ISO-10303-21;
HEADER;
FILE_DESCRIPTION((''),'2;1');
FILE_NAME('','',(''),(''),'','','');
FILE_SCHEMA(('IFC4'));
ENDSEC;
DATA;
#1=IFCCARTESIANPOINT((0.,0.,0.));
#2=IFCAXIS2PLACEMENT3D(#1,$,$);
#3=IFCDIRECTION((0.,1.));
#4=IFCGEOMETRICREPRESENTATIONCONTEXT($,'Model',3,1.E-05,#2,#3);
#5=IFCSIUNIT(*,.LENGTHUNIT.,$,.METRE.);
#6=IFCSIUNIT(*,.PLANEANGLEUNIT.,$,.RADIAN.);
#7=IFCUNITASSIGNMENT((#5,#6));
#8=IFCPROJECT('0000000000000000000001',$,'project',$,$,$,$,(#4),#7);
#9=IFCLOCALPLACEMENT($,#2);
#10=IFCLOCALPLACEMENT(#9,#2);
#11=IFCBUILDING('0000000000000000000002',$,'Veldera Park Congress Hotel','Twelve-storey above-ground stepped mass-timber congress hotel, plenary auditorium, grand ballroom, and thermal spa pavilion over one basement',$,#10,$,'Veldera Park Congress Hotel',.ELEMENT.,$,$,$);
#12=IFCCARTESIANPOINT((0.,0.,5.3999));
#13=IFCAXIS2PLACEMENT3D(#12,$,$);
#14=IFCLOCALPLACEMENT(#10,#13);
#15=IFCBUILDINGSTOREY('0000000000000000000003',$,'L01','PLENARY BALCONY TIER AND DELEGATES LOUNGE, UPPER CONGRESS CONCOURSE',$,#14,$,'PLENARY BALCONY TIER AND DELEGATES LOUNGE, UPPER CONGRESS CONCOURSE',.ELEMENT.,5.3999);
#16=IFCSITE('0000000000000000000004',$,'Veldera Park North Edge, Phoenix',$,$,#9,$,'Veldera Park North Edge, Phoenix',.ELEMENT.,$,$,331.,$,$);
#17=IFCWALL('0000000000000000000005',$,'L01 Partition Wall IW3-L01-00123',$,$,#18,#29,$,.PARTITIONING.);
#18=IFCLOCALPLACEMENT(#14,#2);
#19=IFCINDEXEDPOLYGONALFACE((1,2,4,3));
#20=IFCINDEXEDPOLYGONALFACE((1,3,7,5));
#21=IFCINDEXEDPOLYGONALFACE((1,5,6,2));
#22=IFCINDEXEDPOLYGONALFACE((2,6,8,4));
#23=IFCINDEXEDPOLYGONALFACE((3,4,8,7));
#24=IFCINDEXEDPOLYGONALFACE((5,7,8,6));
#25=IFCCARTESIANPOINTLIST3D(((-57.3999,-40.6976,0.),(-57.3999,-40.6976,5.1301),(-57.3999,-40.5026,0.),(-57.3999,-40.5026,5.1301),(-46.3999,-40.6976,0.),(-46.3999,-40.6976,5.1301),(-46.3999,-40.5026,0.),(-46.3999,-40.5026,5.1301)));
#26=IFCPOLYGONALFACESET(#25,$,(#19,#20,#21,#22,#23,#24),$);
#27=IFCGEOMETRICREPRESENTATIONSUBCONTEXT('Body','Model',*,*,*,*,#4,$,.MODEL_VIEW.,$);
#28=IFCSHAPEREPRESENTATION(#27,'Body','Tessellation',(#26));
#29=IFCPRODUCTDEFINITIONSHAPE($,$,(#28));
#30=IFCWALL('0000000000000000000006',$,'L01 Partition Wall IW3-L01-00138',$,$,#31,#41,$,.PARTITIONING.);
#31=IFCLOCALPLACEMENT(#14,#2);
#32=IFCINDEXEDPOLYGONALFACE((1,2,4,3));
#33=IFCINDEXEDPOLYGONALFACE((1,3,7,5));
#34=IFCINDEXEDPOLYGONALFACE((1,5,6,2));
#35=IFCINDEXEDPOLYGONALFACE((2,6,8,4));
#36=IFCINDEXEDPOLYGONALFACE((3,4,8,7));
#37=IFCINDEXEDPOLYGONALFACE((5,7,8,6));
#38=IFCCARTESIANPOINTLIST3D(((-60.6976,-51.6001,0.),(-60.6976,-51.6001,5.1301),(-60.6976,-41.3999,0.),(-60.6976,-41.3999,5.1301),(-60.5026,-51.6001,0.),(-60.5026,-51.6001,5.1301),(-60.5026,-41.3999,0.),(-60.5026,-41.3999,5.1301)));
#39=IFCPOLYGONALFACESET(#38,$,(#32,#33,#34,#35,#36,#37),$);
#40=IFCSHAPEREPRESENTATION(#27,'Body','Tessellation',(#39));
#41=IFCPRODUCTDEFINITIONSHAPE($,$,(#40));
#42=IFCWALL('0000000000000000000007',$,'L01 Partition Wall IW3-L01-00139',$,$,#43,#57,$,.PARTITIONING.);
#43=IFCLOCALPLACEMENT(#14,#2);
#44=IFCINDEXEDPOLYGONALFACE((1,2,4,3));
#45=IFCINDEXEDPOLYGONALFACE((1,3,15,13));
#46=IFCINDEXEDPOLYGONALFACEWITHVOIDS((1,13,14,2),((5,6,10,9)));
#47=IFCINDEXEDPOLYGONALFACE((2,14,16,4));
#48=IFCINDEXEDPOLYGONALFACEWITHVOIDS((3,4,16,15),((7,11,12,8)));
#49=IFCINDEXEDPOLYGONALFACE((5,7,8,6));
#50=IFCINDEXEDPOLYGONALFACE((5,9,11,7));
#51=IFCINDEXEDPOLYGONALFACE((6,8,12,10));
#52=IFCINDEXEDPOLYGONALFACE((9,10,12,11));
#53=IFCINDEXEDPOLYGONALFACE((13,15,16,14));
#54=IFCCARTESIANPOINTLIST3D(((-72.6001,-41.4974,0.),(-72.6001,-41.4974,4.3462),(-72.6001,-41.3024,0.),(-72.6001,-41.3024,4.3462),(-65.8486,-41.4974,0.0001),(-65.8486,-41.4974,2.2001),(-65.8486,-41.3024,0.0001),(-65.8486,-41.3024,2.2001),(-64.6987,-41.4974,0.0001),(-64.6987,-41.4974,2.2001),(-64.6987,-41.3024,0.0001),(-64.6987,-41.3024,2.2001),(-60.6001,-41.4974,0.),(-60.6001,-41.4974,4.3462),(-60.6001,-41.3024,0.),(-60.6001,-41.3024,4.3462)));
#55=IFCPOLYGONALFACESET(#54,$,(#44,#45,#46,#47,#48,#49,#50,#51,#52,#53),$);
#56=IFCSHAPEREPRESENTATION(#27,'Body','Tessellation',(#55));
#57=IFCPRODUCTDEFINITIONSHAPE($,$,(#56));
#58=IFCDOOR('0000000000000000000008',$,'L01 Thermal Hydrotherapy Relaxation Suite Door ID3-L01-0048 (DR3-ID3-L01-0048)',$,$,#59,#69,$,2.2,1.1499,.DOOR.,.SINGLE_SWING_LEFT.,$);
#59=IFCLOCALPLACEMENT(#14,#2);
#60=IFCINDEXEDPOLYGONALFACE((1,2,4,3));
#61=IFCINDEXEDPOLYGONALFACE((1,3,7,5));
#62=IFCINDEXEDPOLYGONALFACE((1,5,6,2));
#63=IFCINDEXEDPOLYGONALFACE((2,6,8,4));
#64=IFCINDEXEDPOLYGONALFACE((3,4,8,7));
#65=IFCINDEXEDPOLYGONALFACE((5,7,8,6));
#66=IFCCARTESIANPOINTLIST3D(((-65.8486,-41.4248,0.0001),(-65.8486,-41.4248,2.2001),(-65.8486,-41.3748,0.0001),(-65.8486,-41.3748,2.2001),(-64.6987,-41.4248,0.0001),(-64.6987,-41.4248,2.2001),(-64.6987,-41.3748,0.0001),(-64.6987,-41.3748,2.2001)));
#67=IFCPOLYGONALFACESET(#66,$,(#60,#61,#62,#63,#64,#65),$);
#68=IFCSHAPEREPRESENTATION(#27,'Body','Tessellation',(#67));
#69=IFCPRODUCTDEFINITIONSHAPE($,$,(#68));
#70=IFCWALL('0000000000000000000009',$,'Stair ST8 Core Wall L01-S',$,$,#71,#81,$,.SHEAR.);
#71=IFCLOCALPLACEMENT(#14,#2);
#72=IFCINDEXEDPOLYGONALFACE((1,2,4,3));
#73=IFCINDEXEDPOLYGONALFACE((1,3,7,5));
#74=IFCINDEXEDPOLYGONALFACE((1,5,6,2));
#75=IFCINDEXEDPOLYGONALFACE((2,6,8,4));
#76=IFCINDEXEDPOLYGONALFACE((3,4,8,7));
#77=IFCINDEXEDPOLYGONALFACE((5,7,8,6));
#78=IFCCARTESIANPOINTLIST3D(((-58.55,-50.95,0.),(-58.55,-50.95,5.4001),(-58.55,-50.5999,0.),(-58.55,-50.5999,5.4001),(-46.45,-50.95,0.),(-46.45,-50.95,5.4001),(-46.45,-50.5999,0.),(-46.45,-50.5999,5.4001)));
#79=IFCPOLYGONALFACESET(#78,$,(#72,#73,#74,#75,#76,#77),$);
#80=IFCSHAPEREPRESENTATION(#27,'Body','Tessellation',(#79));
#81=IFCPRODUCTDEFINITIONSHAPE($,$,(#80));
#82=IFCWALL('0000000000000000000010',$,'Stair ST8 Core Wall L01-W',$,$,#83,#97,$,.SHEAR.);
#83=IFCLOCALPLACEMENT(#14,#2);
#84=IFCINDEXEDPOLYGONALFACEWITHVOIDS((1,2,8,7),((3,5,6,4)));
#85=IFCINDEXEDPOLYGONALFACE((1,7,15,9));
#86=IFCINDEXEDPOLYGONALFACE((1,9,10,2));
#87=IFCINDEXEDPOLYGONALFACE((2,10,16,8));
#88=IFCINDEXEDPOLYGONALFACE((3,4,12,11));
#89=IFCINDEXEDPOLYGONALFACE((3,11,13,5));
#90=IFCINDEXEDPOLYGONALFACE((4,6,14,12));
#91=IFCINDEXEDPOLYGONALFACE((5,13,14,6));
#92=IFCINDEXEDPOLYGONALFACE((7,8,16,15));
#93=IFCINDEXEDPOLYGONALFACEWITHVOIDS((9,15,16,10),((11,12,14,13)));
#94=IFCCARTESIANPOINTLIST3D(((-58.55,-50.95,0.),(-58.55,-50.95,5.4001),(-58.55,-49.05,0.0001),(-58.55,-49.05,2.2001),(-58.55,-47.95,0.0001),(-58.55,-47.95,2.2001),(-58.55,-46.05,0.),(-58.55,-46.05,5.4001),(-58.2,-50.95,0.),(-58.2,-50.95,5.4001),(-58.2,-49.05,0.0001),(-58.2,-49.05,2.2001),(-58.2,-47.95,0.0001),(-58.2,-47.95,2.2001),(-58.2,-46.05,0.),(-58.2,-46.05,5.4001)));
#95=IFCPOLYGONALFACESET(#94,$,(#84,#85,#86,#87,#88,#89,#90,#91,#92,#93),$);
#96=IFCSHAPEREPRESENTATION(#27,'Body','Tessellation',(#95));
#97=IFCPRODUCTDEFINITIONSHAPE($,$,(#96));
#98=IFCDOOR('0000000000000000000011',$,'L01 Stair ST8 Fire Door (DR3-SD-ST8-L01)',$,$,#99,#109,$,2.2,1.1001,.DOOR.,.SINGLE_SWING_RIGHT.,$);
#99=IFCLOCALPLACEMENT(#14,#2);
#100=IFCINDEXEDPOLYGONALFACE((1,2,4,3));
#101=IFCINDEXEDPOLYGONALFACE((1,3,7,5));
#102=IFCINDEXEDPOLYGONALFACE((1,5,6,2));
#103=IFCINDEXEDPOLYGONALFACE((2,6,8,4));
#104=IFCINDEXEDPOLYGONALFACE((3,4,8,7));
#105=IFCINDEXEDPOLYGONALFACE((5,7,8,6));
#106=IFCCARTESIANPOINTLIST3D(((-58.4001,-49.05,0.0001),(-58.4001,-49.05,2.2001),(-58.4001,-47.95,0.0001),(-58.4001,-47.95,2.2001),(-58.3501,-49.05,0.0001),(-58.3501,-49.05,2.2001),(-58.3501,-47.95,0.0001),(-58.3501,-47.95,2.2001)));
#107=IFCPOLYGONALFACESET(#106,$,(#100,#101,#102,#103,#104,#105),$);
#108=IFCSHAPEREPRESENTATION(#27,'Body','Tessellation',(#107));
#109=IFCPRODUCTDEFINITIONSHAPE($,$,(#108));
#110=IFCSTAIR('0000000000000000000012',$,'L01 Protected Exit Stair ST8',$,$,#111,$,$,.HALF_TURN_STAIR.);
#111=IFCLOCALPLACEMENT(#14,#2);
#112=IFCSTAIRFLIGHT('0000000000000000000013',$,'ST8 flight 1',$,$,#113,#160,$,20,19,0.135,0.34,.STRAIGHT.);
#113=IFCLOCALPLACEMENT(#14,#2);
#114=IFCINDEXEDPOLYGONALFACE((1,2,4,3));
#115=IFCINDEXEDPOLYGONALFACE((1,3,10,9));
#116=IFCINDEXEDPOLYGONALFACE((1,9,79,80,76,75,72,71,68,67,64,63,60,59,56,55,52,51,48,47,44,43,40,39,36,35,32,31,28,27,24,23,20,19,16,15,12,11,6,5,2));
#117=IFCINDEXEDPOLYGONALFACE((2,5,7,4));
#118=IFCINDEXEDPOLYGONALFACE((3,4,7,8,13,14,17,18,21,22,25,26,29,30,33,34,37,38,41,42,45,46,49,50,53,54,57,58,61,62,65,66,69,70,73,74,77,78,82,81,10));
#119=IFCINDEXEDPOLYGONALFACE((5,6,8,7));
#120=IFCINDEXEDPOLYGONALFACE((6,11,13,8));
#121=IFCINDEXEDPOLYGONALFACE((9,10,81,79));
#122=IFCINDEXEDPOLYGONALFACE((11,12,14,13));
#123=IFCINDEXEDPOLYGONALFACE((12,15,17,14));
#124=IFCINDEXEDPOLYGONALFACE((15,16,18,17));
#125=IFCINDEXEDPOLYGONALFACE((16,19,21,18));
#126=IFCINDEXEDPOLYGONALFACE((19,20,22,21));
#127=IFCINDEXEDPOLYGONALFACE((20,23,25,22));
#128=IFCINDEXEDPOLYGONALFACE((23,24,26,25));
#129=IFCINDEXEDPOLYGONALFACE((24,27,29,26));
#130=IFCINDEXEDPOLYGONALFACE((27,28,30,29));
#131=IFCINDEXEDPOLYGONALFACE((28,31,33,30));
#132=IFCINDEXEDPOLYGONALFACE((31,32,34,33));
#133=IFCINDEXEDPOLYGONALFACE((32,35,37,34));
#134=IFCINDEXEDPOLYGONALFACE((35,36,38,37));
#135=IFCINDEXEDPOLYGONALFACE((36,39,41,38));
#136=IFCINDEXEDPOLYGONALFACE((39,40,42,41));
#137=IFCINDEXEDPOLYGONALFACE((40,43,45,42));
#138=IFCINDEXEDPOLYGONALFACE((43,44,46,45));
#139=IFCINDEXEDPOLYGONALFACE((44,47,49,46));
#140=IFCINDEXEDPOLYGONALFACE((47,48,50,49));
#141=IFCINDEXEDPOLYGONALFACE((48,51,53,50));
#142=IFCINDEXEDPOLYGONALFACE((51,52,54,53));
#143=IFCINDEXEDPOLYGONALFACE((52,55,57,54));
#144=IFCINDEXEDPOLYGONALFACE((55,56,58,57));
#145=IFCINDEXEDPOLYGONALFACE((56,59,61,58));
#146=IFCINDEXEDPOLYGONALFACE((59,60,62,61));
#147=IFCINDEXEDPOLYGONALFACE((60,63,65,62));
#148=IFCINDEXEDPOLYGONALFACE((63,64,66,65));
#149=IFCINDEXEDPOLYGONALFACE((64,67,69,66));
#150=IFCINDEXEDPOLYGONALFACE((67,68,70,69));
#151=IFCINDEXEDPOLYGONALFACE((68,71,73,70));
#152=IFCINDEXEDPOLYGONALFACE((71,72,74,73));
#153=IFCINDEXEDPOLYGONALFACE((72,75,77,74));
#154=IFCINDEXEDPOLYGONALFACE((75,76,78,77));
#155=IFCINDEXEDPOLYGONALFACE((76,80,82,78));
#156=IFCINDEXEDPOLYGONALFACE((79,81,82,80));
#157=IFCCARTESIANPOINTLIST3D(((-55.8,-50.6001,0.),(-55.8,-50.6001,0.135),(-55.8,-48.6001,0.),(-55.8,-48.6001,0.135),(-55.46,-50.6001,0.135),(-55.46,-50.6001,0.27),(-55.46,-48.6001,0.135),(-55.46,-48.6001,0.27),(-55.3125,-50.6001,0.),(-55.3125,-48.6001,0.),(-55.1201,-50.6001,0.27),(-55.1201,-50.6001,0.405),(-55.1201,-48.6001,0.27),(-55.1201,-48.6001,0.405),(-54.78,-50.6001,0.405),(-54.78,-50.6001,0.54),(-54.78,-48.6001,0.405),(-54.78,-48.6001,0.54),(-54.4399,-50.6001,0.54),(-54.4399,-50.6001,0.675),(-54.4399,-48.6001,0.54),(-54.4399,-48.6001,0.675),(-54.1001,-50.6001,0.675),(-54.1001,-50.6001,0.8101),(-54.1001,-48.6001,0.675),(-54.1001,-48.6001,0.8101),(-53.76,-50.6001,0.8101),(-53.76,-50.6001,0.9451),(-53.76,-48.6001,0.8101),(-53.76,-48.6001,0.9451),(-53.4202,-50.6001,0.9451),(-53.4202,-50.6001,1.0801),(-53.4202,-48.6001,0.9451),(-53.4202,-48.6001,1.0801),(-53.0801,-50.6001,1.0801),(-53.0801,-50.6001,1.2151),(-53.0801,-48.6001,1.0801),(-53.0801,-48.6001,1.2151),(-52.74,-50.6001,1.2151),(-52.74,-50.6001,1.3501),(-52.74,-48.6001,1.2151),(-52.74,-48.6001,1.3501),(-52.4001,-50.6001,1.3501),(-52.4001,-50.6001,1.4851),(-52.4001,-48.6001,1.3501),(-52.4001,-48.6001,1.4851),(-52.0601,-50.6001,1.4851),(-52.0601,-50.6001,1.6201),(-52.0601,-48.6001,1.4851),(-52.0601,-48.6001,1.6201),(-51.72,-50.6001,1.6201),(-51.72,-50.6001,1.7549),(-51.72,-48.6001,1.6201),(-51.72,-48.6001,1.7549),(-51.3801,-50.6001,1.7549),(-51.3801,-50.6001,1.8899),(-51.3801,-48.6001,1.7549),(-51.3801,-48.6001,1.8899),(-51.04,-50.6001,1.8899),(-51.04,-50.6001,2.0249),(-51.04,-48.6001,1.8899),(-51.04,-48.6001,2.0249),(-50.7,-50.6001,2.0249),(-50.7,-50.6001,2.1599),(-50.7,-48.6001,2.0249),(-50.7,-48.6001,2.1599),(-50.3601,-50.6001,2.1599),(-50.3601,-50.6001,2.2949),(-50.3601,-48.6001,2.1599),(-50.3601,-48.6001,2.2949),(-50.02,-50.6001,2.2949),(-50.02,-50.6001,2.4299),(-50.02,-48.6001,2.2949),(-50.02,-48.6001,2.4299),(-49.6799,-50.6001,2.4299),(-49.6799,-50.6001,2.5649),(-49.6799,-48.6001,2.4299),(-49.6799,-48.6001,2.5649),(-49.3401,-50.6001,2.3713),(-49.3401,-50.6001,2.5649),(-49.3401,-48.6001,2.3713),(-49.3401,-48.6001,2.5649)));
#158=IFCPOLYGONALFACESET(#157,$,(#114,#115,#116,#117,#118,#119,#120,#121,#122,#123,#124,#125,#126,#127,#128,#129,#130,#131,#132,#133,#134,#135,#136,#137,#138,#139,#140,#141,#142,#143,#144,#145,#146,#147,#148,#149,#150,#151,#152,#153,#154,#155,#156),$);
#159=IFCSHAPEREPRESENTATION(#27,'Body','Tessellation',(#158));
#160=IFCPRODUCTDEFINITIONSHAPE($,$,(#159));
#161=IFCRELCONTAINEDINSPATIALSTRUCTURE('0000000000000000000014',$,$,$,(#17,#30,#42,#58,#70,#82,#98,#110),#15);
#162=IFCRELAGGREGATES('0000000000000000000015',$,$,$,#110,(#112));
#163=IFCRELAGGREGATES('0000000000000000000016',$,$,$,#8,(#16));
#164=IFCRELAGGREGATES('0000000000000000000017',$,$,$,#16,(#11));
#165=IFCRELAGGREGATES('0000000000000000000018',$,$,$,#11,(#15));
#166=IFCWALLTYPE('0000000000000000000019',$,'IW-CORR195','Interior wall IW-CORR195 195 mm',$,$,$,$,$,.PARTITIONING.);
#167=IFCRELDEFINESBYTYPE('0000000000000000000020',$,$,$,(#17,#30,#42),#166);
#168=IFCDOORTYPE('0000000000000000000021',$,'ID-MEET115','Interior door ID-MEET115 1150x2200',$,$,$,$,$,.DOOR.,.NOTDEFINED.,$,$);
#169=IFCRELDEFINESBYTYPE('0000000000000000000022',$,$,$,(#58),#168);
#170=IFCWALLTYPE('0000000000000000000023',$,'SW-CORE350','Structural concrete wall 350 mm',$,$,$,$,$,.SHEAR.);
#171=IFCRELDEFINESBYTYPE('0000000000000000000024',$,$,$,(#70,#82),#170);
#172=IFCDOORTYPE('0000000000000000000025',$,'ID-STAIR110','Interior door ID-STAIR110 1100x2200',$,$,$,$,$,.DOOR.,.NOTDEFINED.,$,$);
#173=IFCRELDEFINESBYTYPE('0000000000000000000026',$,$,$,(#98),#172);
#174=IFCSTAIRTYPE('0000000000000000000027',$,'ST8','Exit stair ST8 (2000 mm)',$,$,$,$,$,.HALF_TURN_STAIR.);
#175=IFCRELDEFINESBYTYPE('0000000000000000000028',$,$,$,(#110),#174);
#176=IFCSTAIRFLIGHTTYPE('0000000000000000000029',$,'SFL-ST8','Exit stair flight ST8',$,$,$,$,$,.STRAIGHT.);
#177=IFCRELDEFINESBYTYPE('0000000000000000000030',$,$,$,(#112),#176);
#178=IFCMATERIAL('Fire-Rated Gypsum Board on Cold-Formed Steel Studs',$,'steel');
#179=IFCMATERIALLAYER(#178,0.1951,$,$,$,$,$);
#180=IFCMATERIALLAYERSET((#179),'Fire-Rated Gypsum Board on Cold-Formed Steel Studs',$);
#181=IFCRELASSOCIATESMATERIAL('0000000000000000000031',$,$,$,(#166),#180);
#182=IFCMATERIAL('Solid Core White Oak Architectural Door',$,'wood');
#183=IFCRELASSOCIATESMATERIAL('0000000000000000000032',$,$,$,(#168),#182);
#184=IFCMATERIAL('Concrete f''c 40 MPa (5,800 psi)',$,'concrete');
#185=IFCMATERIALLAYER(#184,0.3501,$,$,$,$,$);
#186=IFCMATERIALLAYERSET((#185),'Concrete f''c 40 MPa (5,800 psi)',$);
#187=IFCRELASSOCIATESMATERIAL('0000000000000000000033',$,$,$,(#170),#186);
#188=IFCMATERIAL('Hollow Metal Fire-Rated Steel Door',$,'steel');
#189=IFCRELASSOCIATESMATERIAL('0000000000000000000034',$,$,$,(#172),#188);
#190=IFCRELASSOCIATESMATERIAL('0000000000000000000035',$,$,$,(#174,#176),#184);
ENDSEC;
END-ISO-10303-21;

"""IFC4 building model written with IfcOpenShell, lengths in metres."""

from ifc_helpers import new_model, si_unit, direction, frame, frame_2d, origin, place, context, subcontext, project, spatial, polyline, rectangle, outline, extrude, material, layer, layer_set, type_object, element, fill, aggregate, save


model = new_model("IFC4")

# Units and contexts
model_context = context("Model", 3, precision=1e-05, world=origin(), true_north=direction((0.0, 1.0)))
body_context = subcontext(model_context, "Body", "Model", "MODEL_VIEW")
ifc_project = project(units=[si_unit("LENGTHUNIT", "METRE"), si_unit("PLANEANGLEUNIT", "RADIAN")], contexts=[model_context])

# Site, building, storey
site_placement = place(None, origin())
site = spatial("IfcSite", under=ifc_project, at=site_placement, Name="Veldera Park North Edge, Phoenix", LongName="Veldera Park North Edge, Phoenix", CompositionType="ELEMENT", RefElevation=331.0)
building_placement = place(site_placement, origin())
building = spatial("IfcBuilding", under=site, at=building_placement, Name="Veldera Park Congress Hotel", Description="Twelve-storey above-ground stepped mass-timber congress hotel, plenary auditorium, grand ballroom, and thermal spa pavilion over one basement", LongName="Veldera Park Congress Hotel", CompositionType="ELEMENT")
storey_placement = place(building_placement, frame((0.0, 0.0, 5.3999)))
storey = spatial("IfcBuildingStorey", under=building, at=storey_placement, Name="L01", Description="PLENARY BALCONY TIER AND DELEGATES LOUNGE, UPPER CONGRESS CONCOURSE", LongName="PLENARY BALCONY TIER AND DELEGATES LOUNGE, UPPER CONGRESS CONCOURSE", CompositionType="ELEMENT", Elevation=5.3999)

# Shared definitions
ifc_material_1 = material(Name="Fire-Rated Gypsum Board on Cold-Formed Steel Studs", Category="steel")
ifc_layer_1 = layer(ifc_material_1, 0.1951)
ifc_layer_set_1 = layer_set([ifc_layer_1], Name="Fire-Rated Gypsum Board on Cold-Formed Steel Studs")
wall_type_1 = type_object("IfcWallType", Name="IW-CORR195", Description="Interior wall IW-CORR195 195 mm", PredefinedType="PARTITIONING", material=ifc_layer_set_1)
ifc_material_2 = material(Name="Solid Core White Oak Architectural Door", Category="wood")
door_type_1 = type_object("IfcDoorType", Name="ID-MEET115", Description="Interior door ID-MEET115 1150x2200", OperationType="NOTDEFINED", PredefinedType="DOOR", material=ifc_material_2)

# Walls
wall_1_placement = place(storey_placement, frame((-57.3999, -40.6001, 0.0), z_axis=(0.0, 0.0, 1.0), x_axis=(1.0, 0.0, 0.0)))
element("IfcWall", 1, at=wall_1_placement, inside=storey, type_object=wall_type_1, Name="L01 Partition Wall IW3-L01-00123", PredefinedType="PARTITIONING", context=body_context, shape_type="SweptSolid", body=[
    extrude(rectangle(XDim=11.0, YDim=0.1951, at=frame_2d((5.5, 0.0))), origin(), (0.0, 0.0, 1.0), 5.1301),
])
wall_2_placement = place(storey_placement, frame((-60.6001, -51.6001, 0.0), z_axis=(0.0, 0.0, 1.0), x_axis=(0.0, 1.0, 0.0)))
element("IfcWall", 2, at=wall_2_placement, inside=storey, type_object=wall_type_1, Name="L01 Partition Wall IW3-L01-00138", PredefinedType="PARTITIONING", context=body_context, shape_type="SweptSolid", body=[
    extrude(rectangle(XDim=10.2002, YDim=0.1951, at=frame_2d((5.1001, 0.0))), origin(), (0.0, 0.0, 1.0), 5.1301),
])

# Wall, opening, door
wall_3_placement = place(storey_placement, frame((-60.6001, -41.3999, 0.0), z_axis=(0.0, 0.0, 1.0), x_axis=(-1.0, 0.0, 0.0)))
wall_3 = element("IfcWall", 3, at=wall_3_placement, inside=storey, type_object=wall_type_1, Name="L01 Partition Wall IW3-L01-00139", PredefinedType="PARTITIONING", context=body_context, shape_type="SweptSolid", body=[
    extrude(rectangle(XDim=12.0, YDim=0.1951, at=frame_2d((6.0, 0.0))), origin(), (0.0, 0.0, 1.0), 4.3462),
])
opening_1_placement = place(wall_3_placement, frame((4.0986, 0.0, 0.0)))
opening_1 = element("IfcOpeningElement", 4, at=opening_1_placement, cuts=wall_3, PredefinedType="OPENING", context=body_context, shape_type="SweptSolid", body=[
    extrude(rectangle(XDim=1.1499, YDim=2.2, at=frame_2d((0.575, 1.1001))), frame((0.0, 0.1096, 0.0), z_axis=(0.0, -1.0, 0.0), x_axis=(1.0, 0.0, 0.0)), (0.0, 0.0, 1.0), 0.219),
])
door_1_placement = place(opening_1_placement, origin())
door_1 = element("IfcDoor", 5, at=door_1_placement, inside=storey, type_object=door_type_1, Name="L01 Thermal Hydrotherapy Relaxation Suite Door ID3-L01-0048 (DR3-ID3-L01-0048)", OperationType="SINGLE_SWING_LEFT", OverallHeight=2.2, OverallWidth=1.1499, PredefinedType="DOOR", context=body_context, shape_type="SweptSolid", body=[
    extrude(rectangle(XDim=1.1499, YDim=2.2, at=frame_2d((0.575, 1.1001))), frame((0.0, 0.0249, 0.0), z_axis=(0.0, -1.0, 0.0), x_axis=(1.0, 0.0, 0.0)), (0.0, 0.0, 1.0), 0.05),
])
fill(opening_1, door_1)

# Wall
ifc_material_3 = material(Name="Concrete f'c 40 MPa (5,800 psi)", Category="concrete")
ifc_layer_2 = layer(ifc_material_3, 0.3501)
ifc_layer_set_2 = layer_set([ifc_layer_2], Name="Concrete f'c 40 MPa (5,800 psi)")
wall_type_2 = type_object("IfcWallType", Name="SW-CORE350", Description="Structural concrete wall 350 mm", PredefinedType="SHEAR", material=ifc_layer_set_2)
wall_4_placement = place(storey_placement, frame((-58.55, -50.7749, 0.0), z_axis=(0.0, 0.0, 1.0), x_axis=(1.0, 0.0, 0.0)))
element("IfcWall", 6, at=wall_4_placement, inside=storey, type_object=wall_type_2, Name="Stair ST8 Core Wall L01-S", PredefinedType="SHEAR", context=body_context, shape_type="SweptSolid", body=[
    extrude(rectangle(XDim=12.1001, YDim=0.3501, at=frame_2d((6.05, 0.0))), origin(), (0.0, 0.0, 1.0), 5.4001),
])

# Wall, opening, door
wall_5_placement = place(storey_placement, frame((-58.375, -46.05, 0.0), z_axis=(0.0, 0.0, 1.0), x_axis=(0.0, -1.0, 0.0)))
wall_5 = element("IfcWall", 7, at=wall_5_placement, inside=storey, type_object=wall_type_2, Name="Stair ST8 Core Wall L01-W", PredefinedType="SHEAR", context=body_context, shape_type="SweptSolid", body=[
    extrude(rectangle(XDim=4.8999, YDim=0.3501, at=frame_2d((2.45, 0.0))), origin(), (0.0, 0.0, 1.0), 5.4001),
])
opening_2_placement = place(wall_5_placement, frame((1.8999, 0.0, 0.0)))
opening_2 = element("IfcOpeningElement", 8, at=opening_2_placement, cuts=wall_5, PredefinedType="OPENING", context=body_context, shape_type="SweptSolid", body=[
    extrude(rectangle(XDim=1.1001, YDim=2.2, at=frame_2d((0.55, 1.1001))), frame((0.0, 0.187, 0.0), z_axis=(0.0, -1.0, 0.0), x_axis=(1.0, 0.0, 0.0)), (0.0, 0.0, 1.0), 0.374),
])
ifc_material_4 = material(Name="Hollow Metal Fire-Rated Steel Door", Category="steel")
door_type_2 = type_object("IfcDoorType", Name="ID-STAIR110", Description="Interior door ID-STAIR110 1100x2200", OperationType="NOTDEFINED", PredefinedType="DOOR", material=ifc_material_4)
door_2_placement = place(opening_2_placement, origin())
door_2 = element("IfcDoor", 9, at=door_2_placement, inside=storey, type_object=door_type_2, Name="L01 Stair ST8 Fire Door (DR3-SD-ST8-L01)", OperationType="SINGLE_SWING_RIGHT", OverallHeight=2.2, OverallWidth=1.1001, PredefinedType="DOOR", context=body_context, shape_type="SweptSolid", body=[
    extrude(rectangle(XDim=1.1001, YDim=2.2, at=frame_2d((0.55, 1.1001))), frame((0.0, 0.0249, 0.0), z_axis=(0.0, -1.0, 0.0), x_axis=(1.0, 0.0, 0.0)), (0.0, 0.0, 1.0), 0.05),
])
fill(opening_2, door_2)

# Stair, stair flight
stair_type = type_object("IfcStairType", Name="ST8", Description="Exit stair ST8 (2000 mm)", PredefinedType="HALF_TURN_STAIR", material=ifc_material_3)
stair_placement = place(storey_placement, origin())
stair = element("IfcStair", 10, at=stair_placement, inside=storey, type_object=stair_type, Name="L01 Protected Exit Stair ST8", PredefinedType="HALF_TURN_STAIR")
stair_flight_type = type_object("IfcStairFlightType", Name="SFL-ST8", Description="Exit stair flight ST8", PredefinedType="STRAIGHT", material=ifc_material_3)
stair_flight_placement = place(storey_placement, frame((-55.8, -49.6001, 0.0), z_axis=(0.0, 0.0, 1.0), x_axis=(1.0, 0.0, 0.0)))
stair_flight = element("IfcStairFlight", 11, at=stair_flight_placement, type_object=stair_flight_type, Name="ST8 flight 1", NumberOfRisers=20, NumberOfTreads=19, PredefinedType="STRAIGHT", RiserHeight=0.135, TreadLength=0.34, context=body_context, shape_type="SweptSolid", body=[
    extrude(outline(polyline([(0.0, 0.0), (0.0, 0.135), (0.3401, 0.135), (0.3401, 0.27), (0.6799, 0.27), (0.6799, 0.405), (1.02, 0.405), (1.02, 0.54), (1.3601, 0.54), (1.3601, 0.675), (1.7, 0.675), (1.7, 0.8101), (2.04, 0.8101), (2.04, 0.9451), (2.3799, 0.9451), (2.3799, 1.0801), (2.72, 1.0801), (2.72, 1.2151), (3.0601, 1.2151), (3.0601, 1.3501), (3.3999, 1.3501), (3.3999, 1.4851), (3.74, 1.4851), (3.74, 1.6201), (4.0801, 1.6201), (4.0801, 1.7549), (4.4199, 1.7549), (4.4199, 1.8899), (4.76, 1.8899), (4.76, 2.0249), (5.1001, 2.0249), (5.1001, 2.1599), (5.4399, 2.1599), (5.4399, 2.2949), (5.78, 2.2949), (5.78, 2.4299), (6.1201, 2.4299), (6.1201, 2.5649), (6.46, 2.5649), (6.46, 2.7), (6.46, 2.7), (6.46, 2.3713), (0.4875, 0.0), (0.0, 0.0)])), frame((0.0, 1.0, 0.0), z_axis=(0.0, -1.0, 0.0), x_axis=(1.0, 0.0, 0.0)), (0.0, 0.0, 1.0), 2.0),
])
aggregate(stair, [stair_flight])

save(model, "model.ifc")
